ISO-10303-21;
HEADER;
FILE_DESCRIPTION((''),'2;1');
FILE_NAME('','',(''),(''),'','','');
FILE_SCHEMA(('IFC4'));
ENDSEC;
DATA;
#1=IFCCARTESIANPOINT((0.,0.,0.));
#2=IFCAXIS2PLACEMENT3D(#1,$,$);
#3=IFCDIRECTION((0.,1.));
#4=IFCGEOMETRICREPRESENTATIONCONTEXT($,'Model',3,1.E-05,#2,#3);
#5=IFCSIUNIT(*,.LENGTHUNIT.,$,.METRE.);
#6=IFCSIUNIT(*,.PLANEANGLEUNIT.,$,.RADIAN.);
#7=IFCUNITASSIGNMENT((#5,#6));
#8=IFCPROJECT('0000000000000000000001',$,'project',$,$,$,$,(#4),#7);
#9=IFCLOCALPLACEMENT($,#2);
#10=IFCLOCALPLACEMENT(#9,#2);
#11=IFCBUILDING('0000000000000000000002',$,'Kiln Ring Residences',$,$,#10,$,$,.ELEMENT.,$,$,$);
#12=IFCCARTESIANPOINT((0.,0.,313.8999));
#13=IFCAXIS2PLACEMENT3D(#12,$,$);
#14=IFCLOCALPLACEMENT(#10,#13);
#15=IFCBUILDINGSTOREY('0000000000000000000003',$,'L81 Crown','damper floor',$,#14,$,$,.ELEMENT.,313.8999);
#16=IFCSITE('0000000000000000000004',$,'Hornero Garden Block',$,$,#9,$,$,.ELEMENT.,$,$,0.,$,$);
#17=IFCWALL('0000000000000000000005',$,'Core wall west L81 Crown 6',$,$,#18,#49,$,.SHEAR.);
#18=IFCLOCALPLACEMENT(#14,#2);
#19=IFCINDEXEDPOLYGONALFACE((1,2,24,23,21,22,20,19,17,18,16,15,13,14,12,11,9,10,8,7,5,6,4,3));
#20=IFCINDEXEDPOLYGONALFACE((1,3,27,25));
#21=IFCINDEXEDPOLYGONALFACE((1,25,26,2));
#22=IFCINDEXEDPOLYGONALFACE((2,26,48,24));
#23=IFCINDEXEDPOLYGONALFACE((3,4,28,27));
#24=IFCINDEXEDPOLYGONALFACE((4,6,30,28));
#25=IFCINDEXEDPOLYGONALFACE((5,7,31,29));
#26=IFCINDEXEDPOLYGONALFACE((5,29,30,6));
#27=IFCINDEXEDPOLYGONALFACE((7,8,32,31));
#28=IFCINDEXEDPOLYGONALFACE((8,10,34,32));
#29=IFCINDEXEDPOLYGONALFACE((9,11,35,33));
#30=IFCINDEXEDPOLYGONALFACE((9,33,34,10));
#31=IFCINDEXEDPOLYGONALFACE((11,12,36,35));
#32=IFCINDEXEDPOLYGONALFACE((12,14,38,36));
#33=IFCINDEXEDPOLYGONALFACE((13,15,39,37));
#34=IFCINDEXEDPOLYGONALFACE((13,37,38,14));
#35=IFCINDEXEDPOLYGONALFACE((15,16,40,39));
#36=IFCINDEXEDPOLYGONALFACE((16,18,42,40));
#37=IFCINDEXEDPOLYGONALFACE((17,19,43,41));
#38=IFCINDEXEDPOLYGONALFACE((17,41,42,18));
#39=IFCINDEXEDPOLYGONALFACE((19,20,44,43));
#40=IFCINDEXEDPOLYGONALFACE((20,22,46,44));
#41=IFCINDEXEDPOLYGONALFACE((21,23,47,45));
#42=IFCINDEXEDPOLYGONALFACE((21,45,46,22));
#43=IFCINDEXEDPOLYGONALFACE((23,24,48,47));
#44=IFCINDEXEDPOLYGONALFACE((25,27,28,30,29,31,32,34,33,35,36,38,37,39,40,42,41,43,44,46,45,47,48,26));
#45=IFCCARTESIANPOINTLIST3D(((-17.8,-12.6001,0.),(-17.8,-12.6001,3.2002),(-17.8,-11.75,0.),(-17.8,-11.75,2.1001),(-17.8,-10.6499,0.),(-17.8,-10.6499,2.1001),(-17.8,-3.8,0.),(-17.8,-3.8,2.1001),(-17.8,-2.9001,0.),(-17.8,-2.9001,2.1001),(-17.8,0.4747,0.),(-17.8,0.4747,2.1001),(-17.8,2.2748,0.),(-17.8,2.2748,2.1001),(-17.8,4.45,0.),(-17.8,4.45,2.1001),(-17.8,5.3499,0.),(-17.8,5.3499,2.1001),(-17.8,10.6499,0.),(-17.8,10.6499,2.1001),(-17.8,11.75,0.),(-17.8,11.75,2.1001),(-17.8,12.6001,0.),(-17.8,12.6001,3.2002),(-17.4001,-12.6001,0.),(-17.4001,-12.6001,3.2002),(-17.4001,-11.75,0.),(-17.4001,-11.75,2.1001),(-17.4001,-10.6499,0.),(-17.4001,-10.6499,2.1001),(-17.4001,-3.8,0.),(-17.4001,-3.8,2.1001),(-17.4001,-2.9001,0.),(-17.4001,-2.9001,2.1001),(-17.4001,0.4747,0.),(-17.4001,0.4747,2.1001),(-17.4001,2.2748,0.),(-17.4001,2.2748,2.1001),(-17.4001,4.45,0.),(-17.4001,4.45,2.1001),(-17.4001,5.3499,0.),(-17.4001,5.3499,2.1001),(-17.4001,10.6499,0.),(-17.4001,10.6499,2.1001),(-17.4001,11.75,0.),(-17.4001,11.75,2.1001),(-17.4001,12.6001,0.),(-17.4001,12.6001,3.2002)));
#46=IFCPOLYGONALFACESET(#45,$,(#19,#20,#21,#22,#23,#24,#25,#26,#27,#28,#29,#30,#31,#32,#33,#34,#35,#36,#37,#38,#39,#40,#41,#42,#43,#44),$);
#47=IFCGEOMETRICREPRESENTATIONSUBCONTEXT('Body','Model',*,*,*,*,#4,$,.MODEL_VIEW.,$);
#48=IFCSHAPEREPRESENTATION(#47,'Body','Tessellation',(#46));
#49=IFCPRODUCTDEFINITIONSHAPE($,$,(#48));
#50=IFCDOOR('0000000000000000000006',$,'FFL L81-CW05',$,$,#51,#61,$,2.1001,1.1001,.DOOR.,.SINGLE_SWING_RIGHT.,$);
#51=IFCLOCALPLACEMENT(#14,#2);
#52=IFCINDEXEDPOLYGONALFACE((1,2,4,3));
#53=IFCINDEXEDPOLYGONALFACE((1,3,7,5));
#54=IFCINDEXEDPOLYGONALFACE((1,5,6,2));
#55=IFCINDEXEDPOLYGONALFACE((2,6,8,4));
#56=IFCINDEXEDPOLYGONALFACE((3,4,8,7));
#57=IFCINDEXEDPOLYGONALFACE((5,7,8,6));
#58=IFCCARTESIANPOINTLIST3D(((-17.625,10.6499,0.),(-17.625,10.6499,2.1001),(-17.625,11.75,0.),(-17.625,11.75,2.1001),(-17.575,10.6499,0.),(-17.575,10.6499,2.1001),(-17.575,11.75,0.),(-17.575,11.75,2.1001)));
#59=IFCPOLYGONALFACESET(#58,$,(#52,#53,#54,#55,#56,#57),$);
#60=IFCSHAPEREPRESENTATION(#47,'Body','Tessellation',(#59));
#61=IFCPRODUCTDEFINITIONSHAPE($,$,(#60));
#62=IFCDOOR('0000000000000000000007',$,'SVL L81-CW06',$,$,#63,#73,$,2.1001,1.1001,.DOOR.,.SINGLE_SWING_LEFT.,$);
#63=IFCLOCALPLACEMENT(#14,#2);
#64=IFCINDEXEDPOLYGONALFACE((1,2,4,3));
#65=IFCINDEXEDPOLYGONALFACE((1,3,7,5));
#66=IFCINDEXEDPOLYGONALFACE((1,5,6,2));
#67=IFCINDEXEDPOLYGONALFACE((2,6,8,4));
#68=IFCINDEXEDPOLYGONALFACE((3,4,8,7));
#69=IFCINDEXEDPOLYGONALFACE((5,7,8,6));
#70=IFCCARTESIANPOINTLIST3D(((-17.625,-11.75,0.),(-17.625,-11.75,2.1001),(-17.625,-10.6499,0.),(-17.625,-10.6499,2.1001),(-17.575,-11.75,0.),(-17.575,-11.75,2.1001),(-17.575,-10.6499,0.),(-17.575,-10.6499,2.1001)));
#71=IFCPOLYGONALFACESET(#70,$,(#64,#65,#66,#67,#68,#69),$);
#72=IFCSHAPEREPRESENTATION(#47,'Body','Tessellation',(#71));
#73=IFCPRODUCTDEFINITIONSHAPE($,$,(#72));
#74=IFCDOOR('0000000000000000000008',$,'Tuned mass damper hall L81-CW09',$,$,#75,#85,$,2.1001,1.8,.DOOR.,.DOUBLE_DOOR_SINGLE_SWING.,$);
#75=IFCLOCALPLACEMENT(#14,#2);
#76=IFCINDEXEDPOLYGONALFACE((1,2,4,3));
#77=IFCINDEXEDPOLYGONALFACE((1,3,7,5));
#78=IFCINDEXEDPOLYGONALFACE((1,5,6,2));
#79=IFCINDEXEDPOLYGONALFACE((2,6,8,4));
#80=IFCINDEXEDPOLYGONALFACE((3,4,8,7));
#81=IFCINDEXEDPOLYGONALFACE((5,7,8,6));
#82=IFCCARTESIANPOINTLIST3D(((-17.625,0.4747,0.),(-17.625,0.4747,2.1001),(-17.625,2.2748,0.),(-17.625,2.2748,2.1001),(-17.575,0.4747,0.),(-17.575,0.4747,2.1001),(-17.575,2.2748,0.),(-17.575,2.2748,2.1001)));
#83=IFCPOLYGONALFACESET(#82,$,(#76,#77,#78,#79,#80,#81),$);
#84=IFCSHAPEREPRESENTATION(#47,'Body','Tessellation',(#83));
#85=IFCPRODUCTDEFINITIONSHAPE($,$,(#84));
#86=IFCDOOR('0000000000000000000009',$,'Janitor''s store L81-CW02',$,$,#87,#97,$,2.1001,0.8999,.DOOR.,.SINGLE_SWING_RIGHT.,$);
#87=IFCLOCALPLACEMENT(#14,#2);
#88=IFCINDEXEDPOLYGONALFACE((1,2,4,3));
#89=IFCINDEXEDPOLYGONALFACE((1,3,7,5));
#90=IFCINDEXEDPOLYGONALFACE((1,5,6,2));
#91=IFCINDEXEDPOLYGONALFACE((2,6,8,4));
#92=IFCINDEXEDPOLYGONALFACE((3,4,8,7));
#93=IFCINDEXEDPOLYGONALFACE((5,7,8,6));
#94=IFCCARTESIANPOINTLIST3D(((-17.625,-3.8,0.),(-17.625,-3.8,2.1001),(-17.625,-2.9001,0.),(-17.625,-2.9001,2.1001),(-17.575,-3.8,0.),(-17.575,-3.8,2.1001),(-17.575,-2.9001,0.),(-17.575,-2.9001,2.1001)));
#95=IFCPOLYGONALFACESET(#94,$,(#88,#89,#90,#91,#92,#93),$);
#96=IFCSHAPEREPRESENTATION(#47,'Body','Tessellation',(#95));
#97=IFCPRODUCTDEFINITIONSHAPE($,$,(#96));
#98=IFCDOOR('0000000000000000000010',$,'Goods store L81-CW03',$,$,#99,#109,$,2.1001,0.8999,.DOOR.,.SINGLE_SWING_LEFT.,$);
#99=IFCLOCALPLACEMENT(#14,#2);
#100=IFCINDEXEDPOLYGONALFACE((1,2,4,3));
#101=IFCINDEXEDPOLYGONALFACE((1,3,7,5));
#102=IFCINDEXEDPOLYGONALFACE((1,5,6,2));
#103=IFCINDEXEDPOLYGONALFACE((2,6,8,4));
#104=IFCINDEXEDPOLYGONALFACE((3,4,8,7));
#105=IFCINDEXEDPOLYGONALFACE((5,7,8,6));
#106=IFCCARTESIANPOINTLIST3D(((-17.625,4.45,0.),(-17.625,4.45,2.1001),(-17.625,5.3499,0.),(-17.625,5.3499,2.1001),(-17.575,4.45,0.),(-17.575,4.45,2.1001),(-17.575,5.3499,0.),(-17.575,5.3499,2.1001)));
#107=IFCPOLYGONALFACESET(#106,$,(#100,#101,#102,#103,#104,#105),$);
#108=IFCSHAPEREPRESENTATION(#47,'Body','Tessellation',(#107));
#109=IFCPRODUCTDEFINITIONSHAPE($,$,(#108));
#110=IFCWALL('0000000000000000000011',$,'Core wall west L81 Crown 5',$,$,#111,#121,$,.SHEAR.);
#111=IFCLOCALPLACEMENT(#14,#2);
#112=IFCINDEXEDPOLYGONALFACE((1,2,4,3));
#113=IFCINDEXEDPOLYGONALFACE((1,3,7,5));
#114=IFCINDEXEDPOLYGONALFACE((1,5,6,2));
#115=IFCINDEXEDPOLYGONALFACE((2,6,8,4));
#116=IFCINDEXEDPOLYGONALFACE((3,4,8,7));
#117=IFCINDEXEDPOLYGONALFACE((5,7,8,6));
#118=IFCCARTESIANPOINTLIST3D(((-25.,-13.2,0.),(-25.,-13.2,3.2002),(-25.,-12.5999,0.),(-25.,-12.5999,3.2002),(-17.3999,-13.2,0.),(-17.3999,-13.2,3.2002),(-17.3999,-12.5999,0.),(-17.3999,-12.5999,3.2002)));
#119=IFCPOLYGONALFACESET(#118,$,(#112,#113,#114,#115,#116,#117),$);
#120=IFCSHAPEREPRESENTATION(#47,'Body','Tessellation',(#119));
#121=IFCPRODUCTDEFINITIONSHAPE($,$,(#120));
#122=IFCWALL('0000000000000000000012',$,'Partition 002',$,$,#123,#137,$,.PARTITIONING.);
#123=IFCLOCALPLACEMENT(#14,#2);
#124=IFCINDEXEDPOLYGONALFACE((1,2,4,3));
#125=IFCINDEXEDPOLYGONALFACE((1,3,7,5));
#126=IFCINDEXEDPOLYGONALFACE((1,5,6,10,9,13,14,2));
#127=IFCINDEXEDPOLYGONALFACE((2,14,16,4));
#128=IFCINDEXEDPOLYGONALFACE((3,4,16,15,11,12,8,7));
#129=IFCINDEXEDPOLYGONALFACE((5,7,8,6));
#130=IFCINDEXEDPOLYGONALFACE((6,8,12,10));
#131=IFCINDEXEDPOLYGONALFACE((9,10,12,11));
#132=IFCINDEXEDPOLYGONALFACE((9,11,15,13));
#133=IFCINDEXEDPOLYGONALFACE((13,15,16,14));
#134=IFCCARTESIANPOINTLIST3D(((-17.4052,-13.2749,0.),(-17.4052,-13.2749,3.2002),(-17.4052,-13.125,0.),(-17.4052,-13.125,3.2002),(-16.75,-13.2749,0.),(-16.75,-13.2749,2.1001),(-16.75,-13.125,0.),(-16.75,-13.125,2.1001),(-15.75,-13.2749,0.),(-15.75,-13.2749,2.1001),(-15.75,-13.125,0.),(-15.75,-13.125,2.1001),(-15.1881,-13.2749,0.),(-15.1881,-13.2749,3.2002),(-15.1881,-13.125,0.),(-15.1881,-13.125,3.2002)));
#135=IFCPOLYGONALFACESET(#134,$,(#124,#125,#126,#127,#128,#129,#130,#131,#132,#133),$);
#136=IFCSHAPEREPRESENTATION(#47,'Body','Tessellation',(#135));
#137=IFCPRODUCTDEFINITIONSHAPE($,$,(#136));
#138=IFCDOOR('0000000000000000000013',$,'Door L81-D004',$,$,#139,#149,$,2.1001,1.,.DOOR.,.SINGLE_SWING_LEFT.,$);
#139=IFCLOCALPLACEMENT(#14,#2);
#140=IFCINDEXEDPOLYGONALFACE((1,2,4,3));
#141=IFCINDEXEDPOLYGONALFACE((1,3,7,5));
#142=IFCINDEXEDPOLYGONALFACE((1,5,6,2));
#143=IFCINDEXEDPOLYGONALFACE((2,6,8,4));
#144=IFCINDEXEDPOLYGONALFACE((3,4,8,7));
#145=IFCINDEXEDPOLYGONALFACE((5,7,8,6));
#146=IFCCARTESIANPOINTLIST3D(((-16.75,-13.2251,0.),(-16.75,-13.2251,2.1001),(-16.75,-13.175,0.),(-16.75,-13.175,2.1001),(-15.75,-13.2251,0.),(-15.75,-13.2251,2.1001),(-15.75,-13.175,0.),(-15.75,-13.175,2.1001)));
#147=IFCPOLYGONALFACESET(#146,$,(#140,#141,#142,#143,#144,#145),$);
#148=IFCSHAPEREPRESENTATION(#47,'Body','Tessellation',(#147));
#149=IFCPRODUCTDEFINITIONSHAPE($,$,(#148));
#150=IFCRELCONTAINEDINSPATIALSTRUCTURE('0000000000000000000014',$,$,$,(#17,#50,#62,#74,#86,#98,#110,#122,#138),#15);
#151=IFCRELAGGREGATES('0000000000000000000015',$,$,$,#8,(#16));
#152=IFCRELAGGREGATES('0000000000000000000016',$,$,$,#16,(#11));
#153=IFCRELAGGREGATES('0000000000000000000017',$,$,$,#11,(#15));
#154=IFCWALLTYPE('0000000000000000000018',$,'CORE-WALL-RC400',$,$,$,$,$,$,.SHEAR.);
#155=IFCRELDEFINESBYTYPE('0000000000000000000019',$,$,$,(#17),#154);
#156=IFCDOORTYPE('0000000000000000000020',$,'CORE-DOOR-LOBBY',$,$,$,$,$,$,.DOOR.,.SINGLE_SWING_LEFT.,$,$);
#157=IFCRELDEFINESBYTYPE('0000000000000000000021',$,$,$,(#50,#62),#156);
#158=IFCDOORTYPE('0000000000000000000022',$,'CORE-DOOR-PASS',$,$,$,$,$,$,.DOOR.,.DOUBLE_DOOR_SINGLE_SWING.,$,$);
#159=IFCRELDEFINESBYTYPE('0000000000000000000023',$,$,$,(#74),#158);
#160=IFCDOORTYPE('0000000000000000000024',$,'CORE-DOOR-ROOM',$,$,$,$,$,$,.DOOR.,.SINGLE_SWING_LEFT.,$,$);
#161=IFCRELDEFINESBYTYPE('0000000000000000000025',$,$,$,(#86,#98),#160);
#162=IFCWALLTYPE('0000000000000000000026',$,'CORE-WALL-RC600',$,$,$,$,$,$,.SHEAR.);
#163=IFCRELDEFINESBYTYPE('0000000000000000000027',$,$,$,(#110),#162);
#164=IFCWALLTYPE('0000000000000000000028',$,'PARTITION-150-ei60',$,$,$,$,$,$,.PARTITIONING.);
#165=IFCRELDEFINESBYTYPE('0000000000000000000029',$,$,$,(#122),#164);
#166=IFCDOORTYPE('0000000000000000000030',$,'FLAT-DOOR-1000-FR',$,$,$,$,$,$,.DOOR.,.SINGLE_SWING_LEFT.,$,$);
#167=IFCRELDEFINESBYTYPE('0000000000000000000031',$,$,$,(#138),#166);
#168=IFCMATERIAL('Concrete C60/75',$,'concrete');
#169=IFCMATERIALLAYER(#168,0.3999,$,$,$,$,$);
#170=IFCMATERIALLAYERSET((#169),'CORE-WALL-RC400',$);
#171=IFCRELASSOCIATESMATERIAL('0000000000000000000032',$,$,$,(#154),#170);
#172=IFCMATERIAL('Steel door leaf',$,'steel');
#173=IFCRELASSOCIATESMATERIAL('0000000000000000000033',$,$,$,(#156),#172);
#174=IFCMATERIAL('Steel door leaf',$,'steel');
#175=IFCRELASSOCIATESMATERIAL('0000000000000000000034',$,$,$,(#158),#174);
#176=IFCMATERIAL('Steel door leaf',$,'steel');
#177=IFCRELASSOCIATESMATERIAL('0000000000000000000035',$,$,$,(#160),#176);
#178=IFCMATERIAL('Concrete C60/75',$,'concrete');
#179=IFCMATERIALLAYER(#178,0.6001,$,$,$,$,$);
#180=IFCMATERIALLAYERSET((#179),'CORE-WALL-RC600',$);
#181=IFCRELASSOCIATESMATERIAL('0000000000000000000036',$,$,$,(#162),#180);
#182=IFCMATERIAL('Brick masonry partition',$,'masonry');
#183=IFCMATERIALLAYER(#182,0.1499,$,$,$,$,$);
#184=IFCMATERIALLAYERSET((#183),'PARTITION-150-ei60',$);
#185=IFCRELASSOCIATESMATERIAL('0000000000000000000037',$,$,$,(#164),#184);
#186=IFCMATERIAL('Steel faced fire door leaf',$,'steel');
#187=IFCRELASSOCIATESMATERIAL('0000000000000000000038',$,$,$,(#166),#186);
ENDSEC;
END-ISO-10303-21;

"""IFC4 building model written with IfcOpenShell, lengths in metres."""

from ifc_helpers import new_model, si_unit, direction, frame, frame_2d, origin, place, context, subcontext, project, spatial, rectangle, extrude, material, layer, layer_set, type_object, element, fill, save


model = new_model("IFC4")

# Units and contexts
model_context = context("Model", 3, precision=1e-05, world=origin(), true_north=direction((0.0, 1.0)))
body_context = subcontext(model_context, "Body", "Model", "MODEL_VIEW")
ifc_project = project(units=[si_unit("LENGTHUNIT", "METRE"), si_unit("PLANEANGLEUNIT", "RADIAN")], contexts=[model_context])

# Site, building, storey
site_placement = place(None, origin())
site = spatial("IfcSite", under=ifc_project, at=site_placement, Name="Hornero Garden Block", CompositionType="ELEMENT", RefElevation=0.0)
building_placement = place(site_placement, origin())
building = spatial("IfcBuilding", under=site, at=building_placement, Name="Kiln Ring Residences", CompositionType="ELEMENT")
storey_placement = place(building_placement, frame((0.0, 0.0, 313.8999)))
storey = spatial("IfcBuildingStorey", under=building, at=storey_placement, Name="L81 Crown", Description="damper floor", CompositionType="ELEMENT", Elevation=313.8999)

# Wall, openings, doors
ifc_material_1 = material(Name="Concrete C60/75", Category="concrete")
ifc_layer_1 = layer(ifc_material_1, 0.3999)
ifc_layer_set_1 = layer_set([ifc_layer_1], Name="CORE-WALL-RC400")
wall_type_1 = type_object("IfcWallType", Name="CORE-WALL-RC400", PredefinedType="SHEAR", material=ifc_layer_set_1)
wall_1_placement = place(storey_placement, frame((-17.6001, -12.6001, 0.0), z_axis=(0.0, 0.0, 1.0), x_axis=(0.0, 1.0, 0.0)))
wall_1 = element("IfcWall", 1, at=wall_1_placement, inside=storey, type_object=wall_type_1, Name="Core wall west L81 Crown 6", PredefinedType="SHEAR", context=body_context, shape_type="SweptSolid", body=[
    extrude(rectangle(XDim=25.2002, YDim=0.3999, at=frame_2d((12.6001, 0.0))), origin(), (0.0, 0.0, 1.0), 3.2002),
])
opening_1_placement = place(wall_1_placement, frame((8.8, 0.0, 0.0)))
opening_1 = element("IfcOpeningElement", 2, at=opening_1_placement, cuts=wall_1, PredefinedType="OPENING", context=body_context, shape_type="SweptSolid", body=[
    extrude(rectangle(XDim=0.8999, YDim=2.1001, at=frame_2d((0.45, 1.05))), frame((0.0, 0.21, 0.0), z_axis=(0.0, -1.0, 0.0), x_axis=(1.0, 0.0, 0.0)), (0.0, 0.0, 1.0), 0.4199),
])
opening_2_placement = place(wall_1_placement, frame((17.05, 0.0, 0.0)))
opening_2 = element("IfcOpeningElement", 3, at=opening_2_placement, cuts=wall_1, PredefinedType="OPENING", context=body_context, shape_type="SweptSolid", body=[
    extrude(rectangle(XDim=0.8999, YDim=2.1001, at=frame_2d((0.45, 1.05))), frame((0.0, 0.21, 0.0), z_axis=(0.0, -1.0, 0.0), x_axis=(1.0, 0.0, 0.0)), (0.0, 0.0, 1.0), 0.4199),
])
opening_3_placement = place(wall_1_placement, frame((23.25, 0.0, 0.0)))
opening_3 = element("IfcOpeningElement", 4, at=opening_3_placement, cuts=wall_1, PredefinedType="OPENING", context=body_context, shape_type="SweptSolid", body=[
    extrude(rectangle(XDim=1.1001, YDim=2.1001, at=frame_2d((0.55, 1.05))), frame((0.0, 0.21, 0.0), z_axis=(0.0, -1.0, 0.0), x_axis=(1.0, 0.0, 0.0)), (0.0, 0.0, 1.0), 0.4199),
])
opening_4_placement = place(wall_1_placement, frame((0.8501, 0.0, 0.0)))
opening_4 = element("IfcOpeningElement", 5, at=opening_4_placement, cuts=wall_1, PredefinedType="OPENING", context=body_context, shape_type="SweptSolid", body=[
    extrude(rectangle(XDim=1.1001, YDim=2.1001, at=frame_2d((0.55, 1.05))), frame((0.0, 0.21, 0.0), z_axis=(0.0, -1.0, 0.0), x_axis=(1.0, 0.0, 0.0)), (0.0, 0.0, 1.0), 0.4199),
])
opening_5_placement = place(wall_1_placement, frame((13.075, 0.0, 0.0)))
opening_5 = element("IfcOpeningElement", 6, at=opening_5_placement, cuts=wall_1, PredefinedType="OPENING", context=body_context, shape_type="SweptSolid", body=[
    extrude(rectangle(XDim=1.8, YDim=2.1001, at=frame_2d((0.8999, 1.05))), frame((0.0, 0.21, 0.0), z_axis=(0.0, -1.0, 0.0), x_axis=(1.0, 0.0, 0.0)), (0.0, 0.0, 1.0), 0.4199),
])
ifc_material_2 = material(Name="Steel door leaf", Category="steel")
door_type_1 = type_object("IfcDoorType", Name="CORE-DOOR-LOBBY", OperationType="SINGLE_SWING_LEFT", PredefinedType="DOOR", material=ifc_material_2)
door_1_placement = place(opening_3_placement, origin())
door_1 = element("IfcDoor", 7, at=door_1_placement, inside=storey, type_object=door_type_1, Name="FFL L81-CW05", OperationType="SINGLE_SWING_RIGHT", OverallHeight=2.1001, OverallWidth=1.1001, PredefinedType="DOOR", context=body_context, shape_type="SweptSolid", body=[
    extrude(rectangle(XDim=1.1001, YDim=2.1001, at=frame_2d((0.55, 1.05))), frame((0.0, 0.0249, 0.0), z_axis=(0.0, -1.0, 0.0), x_axis=(1.0, 0.0, 0.0)), (0.0, 0.0, 1.0), 0.05),
])
fill(opening_3, door_1)
door_2_placement = place(opening_4_placement, origin())
door_2 = element("IfcDoor", 8, at=door_2_placement, inside=storey, type_object=door_type_1, Name="SVL L81-CW06", OperationType="SINGLE_SWING_LEFT", OverallHeight=2.1001, OverallWidth=1.1001, PredefinedType="DOOR", context=body_context, shape_type="SweptSolid", body=[
    extrude(rectangle(XDim=1.1001, YDim=2.1001, at=frame_2d((0.55, 1.05))), frame((0.0, 0.0249, 0.0), z_axis=(0.0, -1.0, 0.0), x_axis=(1.0, 0.0, 0.0)), (0.0, 0.0, 1.0), 0.05),
])
fill(opening_4, door_2)
ifc_material_3 = material(Name="Steel door leaf", Category="steel")
door_type_2 = type_object("IfcDoorType", Name="CORE-DOOR-PASS", OperationType="DOUBLE_DOOR_SINGLE_SWING", PredefinedType="DOOR", material=ifc_material_3)
door_3_placement = place(opening_5_placement, origin())
door_3 = element("IfcDoor", 9, at=door_3_placement, inside=storey, type_object=door_type_2, Name="Tuned mass damper hall L81-CW09", OperationType="DOUBLE_DOOR_SINGLE_SWING", OverallHeight=2.1001, OverallWidth=1.8, PredefinedType="DOOR", context=body_context, shape_type="SweptSolid", body=[
    extrude(rectangle(XDim=1.8, YDim=2.1001, at=frame_2d((0.8999, 1.05))), frame((0.0, 0.0249, 0.0), z_axis=(0.0, -1.0, 0.0), x_axis=(1.0, 0.0, 0.0)), (0.0, 0.0, 1.0), 0.05),
])
fill(opening_5, door_3)
ifc_material_4 = material(Name="Steel door leaf", Category="steel")
door_type_3 = type_object("IfcDoorType", Name="CORE-DOOR-ROOM", OperationType="SINGLE_SWING_LEFT", PredefinedType="DOOR", material=ifc_material_4)
door_4_placement = place(opening_1_placement, origin())
door_4 = element("IfcDoor", 10, at=door_4_placement, inside=storey, type_object=door_type_3, Name="Janitor's store L81-CW02", OperationType="SINGLE_SWING_RIGHT", OverallHeight=2.1001, OverallWidth=0.8999, PredefinedType="DOOR", context=body_context, shape_type="SweptSolid", body=[
    extrude(rectangle(XDim=0.8999, YDim=2.1001, at=frame_2d((0.45, 1.05))), frame((0.0, 0.0249, 0.0), z_axis=(0.0, -1.0, 0.0), x_axis=(1.0, 0.0, 0.0)), (0.0, 0.0, 1.0), 0.05),
])
fill(opening_1, door_4)
door_5_placement = place(opening_2_placement, origin())
door_5 = element("IfcDoor", 11, at=door_5_placement, inside=storey, type_object=door_type_3, Name="Goods store L81-CW03", OperationType="SINGLE_SWING_LEFT", OverallHeight=2.1001, OverallWidth=0.8999, PredefinedType="DOOR", context=body_context, shape_type="SweptSolid", body=[
    extrude(rectangle(XDim=0.8999, YDim=2.1001, at=frame_2d((0.45, 1.05))), frame((0.0, 0.0249, 0.0), z_axis=(0.0, -1.0, 0.0), x_axis=(1.0, 0.0, 0.0)), (0.0, 0.0, 1.0), 0.05),
])
fill(opening_2, door_5)

# Wall
ifc_material_5 = material(Name="Concrete C60/75", Category="concrete")
ifc_layer_2 = layer(ifc_material_5, 0.6001)
ifc_layer_set_2 = layer_set([ifc_layer_2], Name="CORE-WALL-RC600")
wall_type_2 = type_object("IfcWallType", Name="CORE-WALL-RC600", PredefinedType="SHEAR", material=ifc_layer_set_2)
wall_2_placement = place(storey_placement, frame((-17.3999, -12.8999, 0.0), z_axis=(0.0, 0.0, 1.0), x_axis=(-1.0, 0.0, 0.0)))
element("IfcWall", 12, at=wall_2_placement, inside=storey, type_object=wall_type_2, Name="Core wall west L81 Crown 5", PredefinedType="SHEAR", context=body_context, shape_type="SweptSolid", body=[
    extrude(rectangle(XDim=7.6001, YDim=0.6001, at=frame_2d((3.8, 0.0))), origin(), (0.0, 0.0, 1.0), 3.2002),
])

# Wall, opening, door
ifc_material_6 = material(Name="Brick masonry partition", Category="masonry")
ifc_layer_3 = layer(ifc_material_6, 0.1499)
ifc_layer_set_3 = layer_set([ifc_layer_3], Name="PARTITION-150-ei60")
wall_type_3 = type_object("IfcWallType", Name="PARTITION-150-ei60", PredefinedType="PARTITIONING", material=ifc_layer_set_3)
wall_3_placement = place(storey_placement, frame((-17.405, -13.2, 0.0), z_axis=(0.0, 0.0, 1.0), x_axis=(1.0, 0.0, 0.0)))
wall_3 = element("IfcWall", 13, at=wall_3_placement, inside=storey, type_object=wall_type_3, Name="Partition 002", PredefinedType="PARTITIONING", context=body_context, shape_type="SweptSolid", body=[
    extrude(rectangle(XDim=2.217, YDim=0.1499, at=frame_2d((1.1084, 0.0))), origin(), (0.0, 0.0, 1.0), 3.2002),
])
opening_6_placement = place(wall_3_placement, frame((0.655, 0.0, 0.0)))
opening_6 = element("IfcOpeningElement", 14, at=opening_6_placement, cuts=wall_3, PredefinedType="OPENING", context=body_context, shape_type="SweptSolid", body=[
    extrude(rectangle(XDim=1.0, YDim=2.1001, at=frame_2d((0.5, 1.05))), frame((0.0, 0.085, 0.0), z_axis=(0.0, -1.0, 0.0), x_axis=(1.0, 0.0, 0.0)), (0.0, 0.0, 1.0), 0.1699),
])
ifc_material_7 = material(Name="Steel faced fire door leaf", Category="steel")
door_type_4 = type_object("IfcDoorType", Name="FLAT-DOOR-1000-FR", OperationType="SINGLE_SWING_LEFT", PredefinedType="DOOR", material=ifc_material_7)
door_6_placement = place(opening_6_placement, origin())
door_6 = element("IfcDoor", 15, at=door_6_placement, inside=storey, type_object=door_type_4, Name="Door L81-D004", OperationType="SINGLE_SWING_LEFT", OverallHeight=2.1001, OverallWidth=1.0, PredefinedType="DOOR", context=body_context, shape_type="SweptSolid", body=[
    extrude(rectangle(XDim=1.0, YDim=2.1001, at=frame_2d((0.5, 1.05))), frame((0.0, 0.0249, 0.0), z_axis=(0.0, -1.0, 0.0), x_axis=(1.0, 0.0, 0.0)), (0.0, 0.0, 1.0), 0.05),
])
fill(opening_6, door_6)

save(model, "model.ifc")
